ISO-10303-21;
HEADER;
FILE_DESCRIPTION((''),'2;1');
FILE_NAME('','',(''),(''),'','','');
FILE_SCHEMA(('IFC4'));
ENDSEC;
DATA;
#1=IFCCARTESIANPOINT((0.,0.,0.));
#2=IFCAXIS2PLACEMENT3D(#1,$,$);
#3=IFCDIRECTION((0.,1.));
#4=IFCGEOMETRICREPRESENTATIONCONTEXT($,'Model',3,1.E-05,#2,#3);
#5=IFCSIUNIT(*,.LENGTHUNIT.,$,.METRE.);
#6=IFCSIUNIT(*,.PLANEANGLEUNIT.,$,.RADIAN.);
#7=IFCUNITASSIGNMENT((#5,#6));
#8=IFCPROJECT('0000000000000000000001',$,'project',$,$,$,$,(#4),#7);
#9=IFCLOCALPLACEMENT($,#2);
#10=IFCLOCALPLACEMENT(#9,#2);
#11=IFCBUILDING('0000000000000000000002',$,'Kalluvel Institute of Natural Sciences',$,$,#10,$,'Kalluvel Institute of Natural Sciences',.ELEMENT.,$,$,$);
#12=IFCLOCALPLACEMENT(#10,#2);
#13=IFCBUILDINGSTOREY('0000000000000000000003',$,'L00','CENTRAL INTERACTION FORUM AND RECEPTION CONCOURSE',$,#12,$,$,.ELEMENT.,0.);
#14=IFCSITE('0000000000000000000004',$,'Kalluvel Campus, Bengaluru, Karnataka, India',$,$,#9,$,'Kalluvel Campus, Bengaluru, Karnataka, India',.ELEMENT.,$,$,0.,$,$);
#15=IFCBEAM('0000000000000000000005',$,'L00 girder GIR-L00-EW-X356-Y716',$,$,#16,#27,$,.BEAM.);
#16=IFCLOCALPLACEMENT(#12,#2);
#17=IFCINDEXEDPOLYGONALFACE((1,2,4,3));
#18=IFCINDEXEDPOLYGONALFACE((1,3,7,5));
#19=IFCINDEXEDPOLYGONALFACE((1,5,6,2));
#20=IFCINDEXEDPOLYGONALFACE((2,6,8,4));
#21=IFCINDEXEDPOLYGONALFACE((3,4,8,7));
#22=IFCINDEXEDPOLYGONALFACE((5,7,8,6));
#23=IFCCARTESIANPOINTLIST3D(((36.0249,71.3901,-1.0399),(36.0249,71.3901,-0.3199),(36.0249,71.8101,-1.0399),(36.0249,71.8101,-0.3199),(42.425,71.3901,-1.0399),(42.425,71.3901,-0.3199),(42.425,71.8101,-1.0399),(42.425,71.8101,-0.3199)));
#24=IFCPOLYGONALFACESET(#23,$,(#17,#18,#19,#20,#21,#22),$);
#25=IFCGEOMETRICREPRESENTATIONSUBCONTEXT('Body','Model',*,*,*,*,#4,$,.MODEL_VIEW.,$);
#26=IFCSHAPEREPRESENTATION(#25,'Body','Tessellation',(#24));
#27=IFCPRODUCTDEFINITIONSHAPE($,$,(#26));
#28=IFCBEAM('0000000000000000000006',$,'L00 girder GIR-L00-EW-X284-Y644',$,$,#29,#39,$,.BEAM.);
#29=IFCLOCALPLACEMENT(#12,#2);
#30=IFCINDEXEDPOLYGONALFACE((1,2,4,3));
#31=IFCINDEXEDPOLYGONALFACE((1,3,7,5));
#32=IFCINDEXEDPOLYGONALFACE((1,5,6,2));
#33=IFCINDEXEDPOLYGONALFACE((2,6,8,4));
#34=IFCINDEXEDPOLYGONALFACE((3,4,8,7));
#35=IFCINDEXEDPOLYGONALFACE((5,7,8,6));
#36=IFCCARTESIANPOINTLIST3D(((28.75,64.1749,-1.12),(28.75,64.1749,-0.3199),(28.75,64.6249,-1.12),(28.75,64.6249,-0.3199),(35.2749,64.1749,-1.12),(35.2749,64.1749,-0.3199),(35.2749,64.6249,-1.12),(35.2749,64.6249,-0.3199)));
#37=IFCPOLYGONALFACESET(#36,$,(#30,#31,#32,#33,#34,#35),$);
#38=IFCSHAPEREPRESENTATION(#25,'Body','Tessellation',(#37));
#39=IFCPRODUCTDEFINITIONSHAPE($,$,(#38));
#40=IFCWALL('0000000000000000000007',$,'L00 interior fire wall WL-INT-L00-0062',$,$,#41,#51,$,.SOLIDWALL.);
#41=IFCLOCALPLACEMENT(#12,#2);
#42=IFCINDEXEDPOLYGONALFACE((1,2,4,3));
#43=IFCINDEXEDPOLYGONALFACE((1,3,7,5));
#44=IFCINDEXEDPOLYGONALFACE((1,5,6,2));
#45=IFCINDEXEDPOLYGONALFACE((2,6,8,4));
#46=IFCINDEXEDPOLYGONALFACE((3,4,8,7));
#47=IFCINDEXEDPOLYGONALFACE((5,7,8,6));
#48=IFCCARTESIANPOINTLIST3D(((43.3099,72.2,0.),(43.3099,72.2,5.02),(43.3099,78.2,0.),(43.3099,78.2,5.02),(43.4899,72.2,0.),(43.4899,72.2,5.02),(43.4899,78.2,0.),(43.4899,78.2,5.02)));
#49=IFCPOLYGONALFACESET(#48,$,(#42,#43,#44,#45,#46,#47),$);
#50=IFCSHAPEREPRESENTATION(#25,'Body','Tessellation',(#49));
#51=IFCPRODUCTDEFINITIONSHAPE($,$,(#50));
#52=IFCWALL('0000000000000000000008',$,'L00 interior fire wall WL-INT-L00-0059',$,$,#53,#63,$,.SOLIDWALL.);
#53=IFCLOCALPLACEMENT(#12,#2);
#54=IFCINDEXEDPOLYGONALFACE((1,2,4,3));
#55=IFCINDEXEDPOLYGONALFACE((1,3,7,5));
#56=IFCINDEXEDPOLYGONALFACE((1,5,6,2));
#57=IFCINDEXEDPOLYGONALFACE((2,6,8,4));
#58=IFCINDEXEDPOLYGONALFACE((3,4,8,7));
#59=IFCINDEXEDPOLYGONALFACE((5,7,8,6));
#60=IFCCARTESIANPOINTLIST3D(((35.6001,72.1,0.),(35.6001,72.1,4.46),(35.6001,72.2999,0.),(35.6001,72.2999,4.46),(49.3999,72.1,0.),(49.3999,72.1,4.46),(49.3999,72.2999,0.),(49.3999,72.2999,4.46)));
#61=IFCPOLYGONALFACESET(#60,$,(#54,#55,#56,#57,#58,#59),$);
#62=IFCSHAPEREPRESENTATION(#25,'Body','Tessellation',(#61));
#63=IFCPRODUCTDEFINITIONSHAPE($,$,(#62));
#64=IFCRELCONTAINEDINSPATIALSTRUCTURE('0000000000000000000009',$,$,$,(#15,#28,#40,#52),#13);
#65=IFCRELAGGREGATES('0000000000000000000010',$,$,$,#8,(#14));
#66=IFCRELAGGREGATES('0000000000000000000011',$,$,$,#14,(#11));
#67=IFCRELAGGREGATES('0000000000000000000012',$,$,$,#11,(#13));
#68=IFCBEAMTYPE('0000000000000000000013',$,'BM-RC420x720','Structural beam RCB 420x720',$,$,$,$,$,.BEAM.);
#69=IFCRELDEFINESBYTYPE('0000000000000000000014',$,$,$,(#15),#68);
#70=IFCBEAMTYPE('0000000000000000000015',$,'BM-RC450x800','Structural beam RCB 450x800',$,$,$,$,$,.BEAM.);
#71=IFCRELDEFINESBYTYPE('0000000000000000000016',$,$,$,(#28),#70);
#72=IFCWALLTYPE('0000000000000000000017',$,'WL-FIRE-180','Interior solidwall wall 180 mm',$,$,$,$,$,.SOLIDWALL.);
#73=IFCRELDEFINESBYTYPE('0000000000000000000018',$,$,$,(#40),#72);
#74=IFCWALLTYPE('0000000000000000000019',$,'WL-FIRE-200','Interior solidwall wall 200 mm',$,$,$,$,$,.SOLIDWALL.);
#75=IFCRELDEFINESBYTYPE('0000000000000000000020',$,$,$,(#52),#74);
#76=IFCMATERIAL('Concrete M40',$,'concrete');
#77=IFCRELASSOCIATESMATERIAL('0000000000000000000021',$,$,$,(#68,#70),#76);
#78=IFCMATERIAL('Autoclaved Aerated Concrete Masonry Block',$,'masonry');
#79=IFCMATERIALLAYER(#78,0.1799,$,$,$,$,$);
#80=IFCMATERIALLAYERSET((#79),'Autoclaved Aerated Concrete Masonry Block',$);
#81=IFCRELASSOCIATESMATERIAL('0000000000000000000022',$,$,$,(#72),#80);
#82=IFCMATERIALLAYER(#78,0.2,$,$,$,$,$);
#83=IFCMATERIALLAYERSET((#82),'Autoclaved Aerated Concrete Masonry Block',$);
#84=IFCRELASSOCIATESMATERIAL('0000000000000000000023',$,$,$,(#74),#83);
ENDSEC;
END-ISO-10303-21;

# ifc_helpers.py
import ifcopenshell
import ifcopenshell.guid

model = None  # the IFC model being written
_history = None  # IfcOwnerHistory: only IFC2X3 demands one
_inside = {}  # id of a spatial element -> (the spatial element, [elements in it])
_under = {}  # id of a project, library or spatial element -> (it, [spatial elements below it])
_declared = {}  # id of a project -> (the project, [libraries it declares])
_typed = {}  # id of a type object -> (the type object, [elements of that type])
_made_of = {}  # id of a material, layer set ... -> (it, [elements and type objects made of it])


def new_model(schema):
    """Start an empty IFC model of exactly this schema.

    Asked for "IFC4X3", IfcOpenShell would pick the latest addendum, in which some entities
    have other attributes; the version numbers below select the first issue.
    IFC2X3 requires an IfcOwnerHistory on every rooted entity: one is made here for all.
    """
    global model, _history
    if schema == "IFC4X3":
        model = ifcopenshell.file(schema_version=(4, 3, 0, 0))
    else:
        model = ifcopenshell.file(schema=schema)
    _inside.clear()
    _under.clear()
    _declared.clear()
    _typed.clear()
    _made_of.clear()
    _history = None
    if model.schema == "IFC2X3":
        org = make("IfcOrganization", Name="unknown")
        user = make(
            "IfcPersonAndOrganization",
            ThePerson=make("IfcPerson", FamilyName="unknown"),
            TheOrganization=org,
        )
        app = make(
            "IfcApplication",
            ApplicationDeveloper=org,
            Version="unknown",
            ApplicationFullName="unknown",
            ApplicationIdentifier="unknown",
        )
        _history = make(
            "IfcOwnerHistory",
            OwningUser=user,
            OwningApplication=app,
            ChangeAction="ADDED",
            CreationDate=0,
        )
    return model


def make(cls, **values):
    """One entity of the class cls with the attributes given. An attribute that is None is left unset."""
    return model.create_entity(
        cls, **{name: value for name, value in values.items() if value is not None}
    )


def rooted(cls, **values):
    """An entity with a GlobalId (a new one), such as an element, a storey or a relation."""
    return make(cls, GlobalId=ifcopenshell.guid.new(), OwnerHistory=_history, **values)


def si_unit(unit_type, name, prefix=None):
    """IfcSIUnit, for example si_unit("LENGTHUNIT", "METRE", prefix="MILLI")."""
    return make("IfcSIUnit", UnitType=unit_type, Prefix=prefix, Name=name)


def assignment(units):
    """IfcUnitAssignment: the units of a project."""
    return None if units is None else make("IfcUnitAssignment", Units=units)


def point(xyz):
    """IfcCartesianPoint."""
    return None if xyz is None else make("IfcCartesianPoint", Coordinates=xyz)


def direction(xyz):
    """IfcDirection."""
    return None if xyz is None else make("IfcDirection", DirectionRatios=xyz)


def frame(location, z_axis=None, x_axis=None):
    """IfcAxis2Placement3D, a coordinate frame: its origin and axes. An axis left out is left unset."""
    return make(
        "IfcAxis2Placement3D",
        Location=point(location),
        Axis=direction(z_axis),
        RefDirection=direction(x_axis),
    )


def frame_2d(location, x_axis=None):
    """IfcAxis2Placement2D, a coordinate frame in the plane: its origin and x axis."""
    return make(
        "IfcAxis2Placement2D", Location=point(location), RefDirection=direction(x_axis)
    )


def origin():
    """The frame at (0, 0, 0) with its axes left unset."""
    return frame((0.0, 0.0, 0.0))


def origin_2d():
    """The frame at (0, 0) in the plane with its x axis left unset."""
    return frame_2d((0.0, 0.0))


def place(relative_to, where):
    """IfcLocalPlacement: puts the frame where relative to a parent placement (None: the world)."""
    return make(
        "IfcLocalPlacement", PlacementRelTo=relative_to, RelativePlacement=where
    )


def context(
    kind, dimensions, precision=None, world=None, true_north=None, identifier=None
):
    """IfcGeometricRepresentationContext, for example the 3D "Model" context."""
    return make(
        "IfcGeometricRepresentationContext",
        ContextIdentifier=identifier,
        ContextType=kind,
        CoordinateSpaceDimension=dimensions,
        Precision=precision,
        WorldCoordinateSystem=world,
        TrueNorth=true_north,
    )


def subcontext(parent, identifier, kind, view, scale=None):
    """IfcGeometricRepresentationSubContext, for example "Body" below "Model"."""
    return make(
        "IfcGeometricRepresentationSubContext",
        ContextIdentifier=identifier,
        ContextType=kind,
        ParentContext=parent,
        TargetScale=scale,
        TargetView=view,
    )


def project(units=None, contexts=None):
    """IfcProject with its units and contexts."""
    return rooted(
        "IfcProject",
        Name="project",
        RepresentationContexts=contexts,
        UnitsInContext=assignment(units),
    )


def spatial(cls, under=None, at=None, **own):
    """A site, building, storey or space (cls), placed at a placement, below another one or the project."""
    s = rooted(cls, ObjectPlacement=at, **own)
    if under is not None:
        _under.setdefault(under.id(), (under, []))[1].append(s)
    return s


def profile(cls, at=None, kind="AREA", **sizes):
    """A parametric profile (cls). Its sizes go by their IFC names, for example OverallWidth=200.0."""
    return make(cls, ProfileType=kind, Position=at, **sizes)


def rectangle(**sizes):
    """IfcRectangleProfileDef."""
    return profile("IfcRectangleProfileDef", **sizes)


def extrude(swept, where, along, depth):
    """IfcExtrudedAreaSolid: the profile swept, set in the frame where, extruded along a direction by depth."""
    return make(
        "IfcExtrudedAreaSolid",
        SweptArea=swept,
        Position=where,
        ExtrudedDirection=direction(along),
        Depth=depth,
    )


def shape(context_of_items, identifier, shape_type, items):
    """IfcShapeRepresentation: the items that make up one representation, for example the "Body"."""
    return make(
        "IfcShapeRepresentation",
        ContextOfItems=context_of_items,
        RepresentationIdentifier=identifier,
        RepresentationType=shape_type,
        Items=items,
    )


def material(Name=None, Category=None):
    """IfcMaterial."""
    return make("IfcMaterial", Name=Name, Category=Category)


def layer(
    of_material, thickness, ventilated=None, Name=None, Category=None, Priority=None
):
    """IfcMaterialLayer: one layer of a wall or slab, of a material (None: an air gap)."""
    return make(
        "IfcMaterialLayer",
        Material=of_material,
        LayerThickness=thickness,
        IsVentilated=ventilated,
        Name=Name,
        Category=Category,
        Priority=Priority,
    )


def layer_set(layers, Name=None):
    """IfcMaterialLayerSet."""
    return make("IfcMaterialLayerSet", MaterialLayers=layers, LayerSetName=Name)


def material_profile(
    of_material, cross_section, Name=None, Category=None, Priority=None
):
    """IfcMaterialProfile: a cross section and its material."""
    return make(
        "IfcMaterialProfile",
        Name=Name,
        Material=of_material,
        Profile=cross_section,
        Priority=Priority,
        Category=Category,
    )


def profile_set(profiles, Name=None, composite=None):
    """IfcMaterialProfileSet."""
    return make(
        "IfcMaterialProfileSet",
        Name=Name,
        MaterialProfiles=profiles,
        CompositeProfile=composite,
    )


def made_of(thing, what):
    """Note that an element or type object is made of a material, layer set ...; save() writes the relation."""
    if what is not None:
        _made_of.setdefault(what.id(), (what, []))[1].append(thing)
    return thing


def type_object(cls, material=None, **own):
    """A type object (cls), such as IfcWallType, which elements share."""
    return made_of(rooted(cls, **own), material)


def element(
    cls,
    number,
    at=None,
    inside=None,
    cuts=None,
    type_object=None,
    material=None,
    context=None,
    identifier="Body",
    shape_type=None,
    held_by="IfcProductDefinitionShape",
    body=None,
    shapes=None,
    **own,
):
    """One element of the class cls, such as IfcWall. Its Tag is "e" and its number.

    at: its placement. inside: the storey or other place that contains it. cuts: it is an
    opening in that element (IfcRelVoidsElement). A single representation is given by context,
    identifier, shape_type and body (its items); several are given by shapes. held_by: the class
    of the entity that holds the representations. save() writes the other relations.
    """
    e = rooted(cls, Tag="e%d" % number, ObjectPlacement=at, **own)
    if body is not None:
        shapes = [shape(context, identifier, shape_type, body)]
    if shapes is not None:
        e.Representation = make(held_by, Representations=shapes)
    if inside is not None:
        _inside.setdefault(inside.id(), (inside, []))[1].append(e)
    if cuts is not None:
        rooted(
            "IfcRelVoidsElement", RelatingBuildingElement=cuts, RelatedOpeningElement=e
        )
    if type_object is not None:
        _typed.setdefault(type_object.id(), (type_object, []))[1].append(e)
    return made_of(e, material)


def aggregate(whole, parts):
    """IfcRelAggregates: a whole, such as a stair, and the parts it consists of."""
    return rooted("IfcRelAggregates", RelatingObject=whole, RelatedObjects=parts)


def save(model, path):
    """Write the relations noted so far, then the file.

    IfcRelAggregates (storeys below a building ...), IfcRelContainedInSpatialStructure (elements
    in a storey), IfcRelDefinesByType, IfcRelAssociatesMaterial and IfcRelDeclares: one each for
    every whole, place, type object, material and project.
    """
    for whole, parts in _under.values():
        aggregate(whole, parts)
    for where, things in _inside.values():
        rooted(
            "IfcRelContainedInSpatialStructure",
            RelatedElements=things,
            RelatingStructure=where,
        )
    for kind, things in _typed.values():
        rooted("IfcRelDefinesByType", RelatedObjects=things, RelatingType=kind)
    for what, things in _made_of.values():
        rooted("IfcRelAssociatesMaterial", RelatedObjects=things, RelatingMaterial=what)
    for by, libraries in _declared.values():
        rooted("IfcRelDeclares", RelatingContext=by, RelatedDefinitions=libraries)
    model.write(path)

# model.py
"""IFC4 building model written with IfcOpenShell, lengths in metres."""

from ifc_helpers import new_model, si_unit, direction, frame, frame_2d, origin, origin_2d, place, context, subcontext, project, spatial, rectangle, extrude, material, layer, layer_set, material_profile, profile_set, type_object, element, save


model = new_model("IFC4")

# Units and contexts
model_context = context("Model", 3, precision=1e-05, world=origin(), true_north=direction((0.0, 1.0)))
body_context = subcontext(model_context, "Body", "Model", "MODEL_VIEW")
ifc_project = project(units=[si_unit("LENGTHUNIT", "METRE"), si_unit("PLANEANGLEUNIT", "RADIAN")], contexts=[model_context])

# Site, building, storey
site_placement = place(None, origin())
site = spatial("IfcSite", under=ifc_project, at=site_placement, Name="Kalluvel Campus, Bengaluru, Karnataka, India", LongName="Kalluvel Campus, Bengaluru, Karnataka, India", CompositionType="ELEMENT", RefElevation=0.0)
building_placement = place(site_placement, origin())
building = spatial("IfcBuilding", under=site, at=building_placement, Name="Kalluvel Institute of Natural Sciences", LongName="Kalluvel Institute of Natural Sciences", CompositionType="ELEMENT")
storey_placement = place(building_placement, origin())
storey = spatial("IfcBuildingStorey", under=building, at=storey_placement, Name="L00", Description="CENTRAL INTERACTION FORUM AND RECEPTION CONCOURSE", CompositionType="ELEMENT", Elevation=0.0)

# Shared definitions
ifc_material_1 = material(Name="Concrete M40", Category="concrete")

# Beams
ifc_material_profile_1 = material_profile(ifc_material_1, rectangle(XDim=0.4199, YDim=0.72, at=origin_2d()), Name="RCB 420x720")
ifc_profile_set_1 = profile_set([ifc_material_profile_1], Name="Concrete M40")
beam_type_1 = type_object("IfcBeamType", Name="BM-RC420x720", Description="Structural beam RCB 420x720", PredefinedType="BEAM", material=ifc_profile_set_1)
beam_1_placement = place(storey_placement, frame((36.0249, 71.6001, -0.6799), z_axis=(1.0, 0.0, 0.0), x_axis=(0.0, 1.0, 0.0)))
element("IfcBeam", 1, at=beam_1_placement, inside=storey, type_object=beam_type_1, Name="L00 girder GIR-L00-EW-X356-Y716", PredefinedType="BEAM", context=body_context, shape_type="SweptSolid", body=[
    extrude(rectangle(XDim=0.4199, YDim=0.72, at=origin_2d()), origin(), (0.0, 0.0, 1.0), 6.4001),
])
ifc_material_profile_2 = material_profile(ifc_material_1, rectangle(XDim=0.45, YDim=0.8, at=origin_2d()), Name="RCB 450x800")
ifc_profile_set_2 = profile_set([ifc_material_profile_2], Name="Concrete M40")
beam_type_2 = type_object("IfcBeamType", Name="BM-RC450x800", Description="Structural beam RCB 450x800", PredefinedType="BEAM", material=ifc_profile_set_2)
beam_2_placement = place(storey_placement, frame((28.75, 64.3999, -0.72), z_axis=(1.0, 0.0, 0.0), x_axis=(0.0, 1.0, 0.0)))
element("IfcBeam", 2, at=beam_2_placement, inside=storey, type_object=beam_type_2, Name="L00 girder GIR-L00-EW-X284-Y644", PredefinedType="BEAM", context=body_context, shape_type="SweptSolid", body=[
    extrude(rectangle(XDim=0.45, YDim=0.8, at=origin_2d()), origin(), (0.0, 0.0, 1.0), 6.5249),
])

# Walls
ifc_material_2 = material(Name="Autoclaved Aerated Concrete Masonry Block", Category="masonry")
ifc_layer_1 = layer(ifc_material_2, 0.1799)
ifc_layer_set_1 = layer_set([ifc_layer_1], Name="Autoclaved Aerated Concrete Masonry Block")
wall_type_1 = type_object("IfcWallType", Name="WL-FIRE-180", Description="Interior solidwall wall 180 mm", PredefinedType="SOLIDWALL", material=ifc_layer_set_1)
wall_1_placement = place(storey_placement, frame((43.3999, 72.2, 0.0), z_axis=(0.0, 0.0, 1.0), x_axis=(0.0, 1.0, 0.0)))
element("IfcWall", 3, at=wall_1_placement, inside=storey, type_object=wall_type_1, Name="L00 interior fire wall WL-INT-L00-0062", PredefinedType="SOLIDWALL", context=body_context, shape_type="SweptSolid", body=[
    extrude(rectangle(XDim=6.0, YDim=0.1799, at=frame_2d((3.0, 0.0))), origin(), (0.0, 0.0, 1.0), 5.02),
])
ifc_layer_2 = layer(ifc_material_2, 0.2)
ifc_layer_set_2 = layer_set([ifc_layer_2], Name="Autoclaved Aerated Concrete Masonry Block")
wall_type_2 = type_object("IfcWallType", Name="WL-FIRE-200", Description="Interior solidwall wall 200 mm", PredefinedType="SOLIDWALL", material=ifc_layer_set_2)
wall_2_placement = place(storey_placement, frame((35.6001, 72.2, 0.0), z_axis=(0.0, 0.0, 1.0), x_axis=(1.0, 0.0, 0.0)))
element("IfcWall", 4, at=wall_2_placement, inside=storey, type_object=wall_type_2, Name="L00 interior fire wall WL-INT-L00-0059", PredefinedType="SOLIDWALL", context=body_context, shape_type="SweptSolid", body=[
    extrude(rectangle(XDim=13.7998, YDim=0.2, at=frame_2d((6.8999, 0.0))), origin(), (0.0, 0.0, 1.0), 4.46),
])

save(model, "model.ifc")
